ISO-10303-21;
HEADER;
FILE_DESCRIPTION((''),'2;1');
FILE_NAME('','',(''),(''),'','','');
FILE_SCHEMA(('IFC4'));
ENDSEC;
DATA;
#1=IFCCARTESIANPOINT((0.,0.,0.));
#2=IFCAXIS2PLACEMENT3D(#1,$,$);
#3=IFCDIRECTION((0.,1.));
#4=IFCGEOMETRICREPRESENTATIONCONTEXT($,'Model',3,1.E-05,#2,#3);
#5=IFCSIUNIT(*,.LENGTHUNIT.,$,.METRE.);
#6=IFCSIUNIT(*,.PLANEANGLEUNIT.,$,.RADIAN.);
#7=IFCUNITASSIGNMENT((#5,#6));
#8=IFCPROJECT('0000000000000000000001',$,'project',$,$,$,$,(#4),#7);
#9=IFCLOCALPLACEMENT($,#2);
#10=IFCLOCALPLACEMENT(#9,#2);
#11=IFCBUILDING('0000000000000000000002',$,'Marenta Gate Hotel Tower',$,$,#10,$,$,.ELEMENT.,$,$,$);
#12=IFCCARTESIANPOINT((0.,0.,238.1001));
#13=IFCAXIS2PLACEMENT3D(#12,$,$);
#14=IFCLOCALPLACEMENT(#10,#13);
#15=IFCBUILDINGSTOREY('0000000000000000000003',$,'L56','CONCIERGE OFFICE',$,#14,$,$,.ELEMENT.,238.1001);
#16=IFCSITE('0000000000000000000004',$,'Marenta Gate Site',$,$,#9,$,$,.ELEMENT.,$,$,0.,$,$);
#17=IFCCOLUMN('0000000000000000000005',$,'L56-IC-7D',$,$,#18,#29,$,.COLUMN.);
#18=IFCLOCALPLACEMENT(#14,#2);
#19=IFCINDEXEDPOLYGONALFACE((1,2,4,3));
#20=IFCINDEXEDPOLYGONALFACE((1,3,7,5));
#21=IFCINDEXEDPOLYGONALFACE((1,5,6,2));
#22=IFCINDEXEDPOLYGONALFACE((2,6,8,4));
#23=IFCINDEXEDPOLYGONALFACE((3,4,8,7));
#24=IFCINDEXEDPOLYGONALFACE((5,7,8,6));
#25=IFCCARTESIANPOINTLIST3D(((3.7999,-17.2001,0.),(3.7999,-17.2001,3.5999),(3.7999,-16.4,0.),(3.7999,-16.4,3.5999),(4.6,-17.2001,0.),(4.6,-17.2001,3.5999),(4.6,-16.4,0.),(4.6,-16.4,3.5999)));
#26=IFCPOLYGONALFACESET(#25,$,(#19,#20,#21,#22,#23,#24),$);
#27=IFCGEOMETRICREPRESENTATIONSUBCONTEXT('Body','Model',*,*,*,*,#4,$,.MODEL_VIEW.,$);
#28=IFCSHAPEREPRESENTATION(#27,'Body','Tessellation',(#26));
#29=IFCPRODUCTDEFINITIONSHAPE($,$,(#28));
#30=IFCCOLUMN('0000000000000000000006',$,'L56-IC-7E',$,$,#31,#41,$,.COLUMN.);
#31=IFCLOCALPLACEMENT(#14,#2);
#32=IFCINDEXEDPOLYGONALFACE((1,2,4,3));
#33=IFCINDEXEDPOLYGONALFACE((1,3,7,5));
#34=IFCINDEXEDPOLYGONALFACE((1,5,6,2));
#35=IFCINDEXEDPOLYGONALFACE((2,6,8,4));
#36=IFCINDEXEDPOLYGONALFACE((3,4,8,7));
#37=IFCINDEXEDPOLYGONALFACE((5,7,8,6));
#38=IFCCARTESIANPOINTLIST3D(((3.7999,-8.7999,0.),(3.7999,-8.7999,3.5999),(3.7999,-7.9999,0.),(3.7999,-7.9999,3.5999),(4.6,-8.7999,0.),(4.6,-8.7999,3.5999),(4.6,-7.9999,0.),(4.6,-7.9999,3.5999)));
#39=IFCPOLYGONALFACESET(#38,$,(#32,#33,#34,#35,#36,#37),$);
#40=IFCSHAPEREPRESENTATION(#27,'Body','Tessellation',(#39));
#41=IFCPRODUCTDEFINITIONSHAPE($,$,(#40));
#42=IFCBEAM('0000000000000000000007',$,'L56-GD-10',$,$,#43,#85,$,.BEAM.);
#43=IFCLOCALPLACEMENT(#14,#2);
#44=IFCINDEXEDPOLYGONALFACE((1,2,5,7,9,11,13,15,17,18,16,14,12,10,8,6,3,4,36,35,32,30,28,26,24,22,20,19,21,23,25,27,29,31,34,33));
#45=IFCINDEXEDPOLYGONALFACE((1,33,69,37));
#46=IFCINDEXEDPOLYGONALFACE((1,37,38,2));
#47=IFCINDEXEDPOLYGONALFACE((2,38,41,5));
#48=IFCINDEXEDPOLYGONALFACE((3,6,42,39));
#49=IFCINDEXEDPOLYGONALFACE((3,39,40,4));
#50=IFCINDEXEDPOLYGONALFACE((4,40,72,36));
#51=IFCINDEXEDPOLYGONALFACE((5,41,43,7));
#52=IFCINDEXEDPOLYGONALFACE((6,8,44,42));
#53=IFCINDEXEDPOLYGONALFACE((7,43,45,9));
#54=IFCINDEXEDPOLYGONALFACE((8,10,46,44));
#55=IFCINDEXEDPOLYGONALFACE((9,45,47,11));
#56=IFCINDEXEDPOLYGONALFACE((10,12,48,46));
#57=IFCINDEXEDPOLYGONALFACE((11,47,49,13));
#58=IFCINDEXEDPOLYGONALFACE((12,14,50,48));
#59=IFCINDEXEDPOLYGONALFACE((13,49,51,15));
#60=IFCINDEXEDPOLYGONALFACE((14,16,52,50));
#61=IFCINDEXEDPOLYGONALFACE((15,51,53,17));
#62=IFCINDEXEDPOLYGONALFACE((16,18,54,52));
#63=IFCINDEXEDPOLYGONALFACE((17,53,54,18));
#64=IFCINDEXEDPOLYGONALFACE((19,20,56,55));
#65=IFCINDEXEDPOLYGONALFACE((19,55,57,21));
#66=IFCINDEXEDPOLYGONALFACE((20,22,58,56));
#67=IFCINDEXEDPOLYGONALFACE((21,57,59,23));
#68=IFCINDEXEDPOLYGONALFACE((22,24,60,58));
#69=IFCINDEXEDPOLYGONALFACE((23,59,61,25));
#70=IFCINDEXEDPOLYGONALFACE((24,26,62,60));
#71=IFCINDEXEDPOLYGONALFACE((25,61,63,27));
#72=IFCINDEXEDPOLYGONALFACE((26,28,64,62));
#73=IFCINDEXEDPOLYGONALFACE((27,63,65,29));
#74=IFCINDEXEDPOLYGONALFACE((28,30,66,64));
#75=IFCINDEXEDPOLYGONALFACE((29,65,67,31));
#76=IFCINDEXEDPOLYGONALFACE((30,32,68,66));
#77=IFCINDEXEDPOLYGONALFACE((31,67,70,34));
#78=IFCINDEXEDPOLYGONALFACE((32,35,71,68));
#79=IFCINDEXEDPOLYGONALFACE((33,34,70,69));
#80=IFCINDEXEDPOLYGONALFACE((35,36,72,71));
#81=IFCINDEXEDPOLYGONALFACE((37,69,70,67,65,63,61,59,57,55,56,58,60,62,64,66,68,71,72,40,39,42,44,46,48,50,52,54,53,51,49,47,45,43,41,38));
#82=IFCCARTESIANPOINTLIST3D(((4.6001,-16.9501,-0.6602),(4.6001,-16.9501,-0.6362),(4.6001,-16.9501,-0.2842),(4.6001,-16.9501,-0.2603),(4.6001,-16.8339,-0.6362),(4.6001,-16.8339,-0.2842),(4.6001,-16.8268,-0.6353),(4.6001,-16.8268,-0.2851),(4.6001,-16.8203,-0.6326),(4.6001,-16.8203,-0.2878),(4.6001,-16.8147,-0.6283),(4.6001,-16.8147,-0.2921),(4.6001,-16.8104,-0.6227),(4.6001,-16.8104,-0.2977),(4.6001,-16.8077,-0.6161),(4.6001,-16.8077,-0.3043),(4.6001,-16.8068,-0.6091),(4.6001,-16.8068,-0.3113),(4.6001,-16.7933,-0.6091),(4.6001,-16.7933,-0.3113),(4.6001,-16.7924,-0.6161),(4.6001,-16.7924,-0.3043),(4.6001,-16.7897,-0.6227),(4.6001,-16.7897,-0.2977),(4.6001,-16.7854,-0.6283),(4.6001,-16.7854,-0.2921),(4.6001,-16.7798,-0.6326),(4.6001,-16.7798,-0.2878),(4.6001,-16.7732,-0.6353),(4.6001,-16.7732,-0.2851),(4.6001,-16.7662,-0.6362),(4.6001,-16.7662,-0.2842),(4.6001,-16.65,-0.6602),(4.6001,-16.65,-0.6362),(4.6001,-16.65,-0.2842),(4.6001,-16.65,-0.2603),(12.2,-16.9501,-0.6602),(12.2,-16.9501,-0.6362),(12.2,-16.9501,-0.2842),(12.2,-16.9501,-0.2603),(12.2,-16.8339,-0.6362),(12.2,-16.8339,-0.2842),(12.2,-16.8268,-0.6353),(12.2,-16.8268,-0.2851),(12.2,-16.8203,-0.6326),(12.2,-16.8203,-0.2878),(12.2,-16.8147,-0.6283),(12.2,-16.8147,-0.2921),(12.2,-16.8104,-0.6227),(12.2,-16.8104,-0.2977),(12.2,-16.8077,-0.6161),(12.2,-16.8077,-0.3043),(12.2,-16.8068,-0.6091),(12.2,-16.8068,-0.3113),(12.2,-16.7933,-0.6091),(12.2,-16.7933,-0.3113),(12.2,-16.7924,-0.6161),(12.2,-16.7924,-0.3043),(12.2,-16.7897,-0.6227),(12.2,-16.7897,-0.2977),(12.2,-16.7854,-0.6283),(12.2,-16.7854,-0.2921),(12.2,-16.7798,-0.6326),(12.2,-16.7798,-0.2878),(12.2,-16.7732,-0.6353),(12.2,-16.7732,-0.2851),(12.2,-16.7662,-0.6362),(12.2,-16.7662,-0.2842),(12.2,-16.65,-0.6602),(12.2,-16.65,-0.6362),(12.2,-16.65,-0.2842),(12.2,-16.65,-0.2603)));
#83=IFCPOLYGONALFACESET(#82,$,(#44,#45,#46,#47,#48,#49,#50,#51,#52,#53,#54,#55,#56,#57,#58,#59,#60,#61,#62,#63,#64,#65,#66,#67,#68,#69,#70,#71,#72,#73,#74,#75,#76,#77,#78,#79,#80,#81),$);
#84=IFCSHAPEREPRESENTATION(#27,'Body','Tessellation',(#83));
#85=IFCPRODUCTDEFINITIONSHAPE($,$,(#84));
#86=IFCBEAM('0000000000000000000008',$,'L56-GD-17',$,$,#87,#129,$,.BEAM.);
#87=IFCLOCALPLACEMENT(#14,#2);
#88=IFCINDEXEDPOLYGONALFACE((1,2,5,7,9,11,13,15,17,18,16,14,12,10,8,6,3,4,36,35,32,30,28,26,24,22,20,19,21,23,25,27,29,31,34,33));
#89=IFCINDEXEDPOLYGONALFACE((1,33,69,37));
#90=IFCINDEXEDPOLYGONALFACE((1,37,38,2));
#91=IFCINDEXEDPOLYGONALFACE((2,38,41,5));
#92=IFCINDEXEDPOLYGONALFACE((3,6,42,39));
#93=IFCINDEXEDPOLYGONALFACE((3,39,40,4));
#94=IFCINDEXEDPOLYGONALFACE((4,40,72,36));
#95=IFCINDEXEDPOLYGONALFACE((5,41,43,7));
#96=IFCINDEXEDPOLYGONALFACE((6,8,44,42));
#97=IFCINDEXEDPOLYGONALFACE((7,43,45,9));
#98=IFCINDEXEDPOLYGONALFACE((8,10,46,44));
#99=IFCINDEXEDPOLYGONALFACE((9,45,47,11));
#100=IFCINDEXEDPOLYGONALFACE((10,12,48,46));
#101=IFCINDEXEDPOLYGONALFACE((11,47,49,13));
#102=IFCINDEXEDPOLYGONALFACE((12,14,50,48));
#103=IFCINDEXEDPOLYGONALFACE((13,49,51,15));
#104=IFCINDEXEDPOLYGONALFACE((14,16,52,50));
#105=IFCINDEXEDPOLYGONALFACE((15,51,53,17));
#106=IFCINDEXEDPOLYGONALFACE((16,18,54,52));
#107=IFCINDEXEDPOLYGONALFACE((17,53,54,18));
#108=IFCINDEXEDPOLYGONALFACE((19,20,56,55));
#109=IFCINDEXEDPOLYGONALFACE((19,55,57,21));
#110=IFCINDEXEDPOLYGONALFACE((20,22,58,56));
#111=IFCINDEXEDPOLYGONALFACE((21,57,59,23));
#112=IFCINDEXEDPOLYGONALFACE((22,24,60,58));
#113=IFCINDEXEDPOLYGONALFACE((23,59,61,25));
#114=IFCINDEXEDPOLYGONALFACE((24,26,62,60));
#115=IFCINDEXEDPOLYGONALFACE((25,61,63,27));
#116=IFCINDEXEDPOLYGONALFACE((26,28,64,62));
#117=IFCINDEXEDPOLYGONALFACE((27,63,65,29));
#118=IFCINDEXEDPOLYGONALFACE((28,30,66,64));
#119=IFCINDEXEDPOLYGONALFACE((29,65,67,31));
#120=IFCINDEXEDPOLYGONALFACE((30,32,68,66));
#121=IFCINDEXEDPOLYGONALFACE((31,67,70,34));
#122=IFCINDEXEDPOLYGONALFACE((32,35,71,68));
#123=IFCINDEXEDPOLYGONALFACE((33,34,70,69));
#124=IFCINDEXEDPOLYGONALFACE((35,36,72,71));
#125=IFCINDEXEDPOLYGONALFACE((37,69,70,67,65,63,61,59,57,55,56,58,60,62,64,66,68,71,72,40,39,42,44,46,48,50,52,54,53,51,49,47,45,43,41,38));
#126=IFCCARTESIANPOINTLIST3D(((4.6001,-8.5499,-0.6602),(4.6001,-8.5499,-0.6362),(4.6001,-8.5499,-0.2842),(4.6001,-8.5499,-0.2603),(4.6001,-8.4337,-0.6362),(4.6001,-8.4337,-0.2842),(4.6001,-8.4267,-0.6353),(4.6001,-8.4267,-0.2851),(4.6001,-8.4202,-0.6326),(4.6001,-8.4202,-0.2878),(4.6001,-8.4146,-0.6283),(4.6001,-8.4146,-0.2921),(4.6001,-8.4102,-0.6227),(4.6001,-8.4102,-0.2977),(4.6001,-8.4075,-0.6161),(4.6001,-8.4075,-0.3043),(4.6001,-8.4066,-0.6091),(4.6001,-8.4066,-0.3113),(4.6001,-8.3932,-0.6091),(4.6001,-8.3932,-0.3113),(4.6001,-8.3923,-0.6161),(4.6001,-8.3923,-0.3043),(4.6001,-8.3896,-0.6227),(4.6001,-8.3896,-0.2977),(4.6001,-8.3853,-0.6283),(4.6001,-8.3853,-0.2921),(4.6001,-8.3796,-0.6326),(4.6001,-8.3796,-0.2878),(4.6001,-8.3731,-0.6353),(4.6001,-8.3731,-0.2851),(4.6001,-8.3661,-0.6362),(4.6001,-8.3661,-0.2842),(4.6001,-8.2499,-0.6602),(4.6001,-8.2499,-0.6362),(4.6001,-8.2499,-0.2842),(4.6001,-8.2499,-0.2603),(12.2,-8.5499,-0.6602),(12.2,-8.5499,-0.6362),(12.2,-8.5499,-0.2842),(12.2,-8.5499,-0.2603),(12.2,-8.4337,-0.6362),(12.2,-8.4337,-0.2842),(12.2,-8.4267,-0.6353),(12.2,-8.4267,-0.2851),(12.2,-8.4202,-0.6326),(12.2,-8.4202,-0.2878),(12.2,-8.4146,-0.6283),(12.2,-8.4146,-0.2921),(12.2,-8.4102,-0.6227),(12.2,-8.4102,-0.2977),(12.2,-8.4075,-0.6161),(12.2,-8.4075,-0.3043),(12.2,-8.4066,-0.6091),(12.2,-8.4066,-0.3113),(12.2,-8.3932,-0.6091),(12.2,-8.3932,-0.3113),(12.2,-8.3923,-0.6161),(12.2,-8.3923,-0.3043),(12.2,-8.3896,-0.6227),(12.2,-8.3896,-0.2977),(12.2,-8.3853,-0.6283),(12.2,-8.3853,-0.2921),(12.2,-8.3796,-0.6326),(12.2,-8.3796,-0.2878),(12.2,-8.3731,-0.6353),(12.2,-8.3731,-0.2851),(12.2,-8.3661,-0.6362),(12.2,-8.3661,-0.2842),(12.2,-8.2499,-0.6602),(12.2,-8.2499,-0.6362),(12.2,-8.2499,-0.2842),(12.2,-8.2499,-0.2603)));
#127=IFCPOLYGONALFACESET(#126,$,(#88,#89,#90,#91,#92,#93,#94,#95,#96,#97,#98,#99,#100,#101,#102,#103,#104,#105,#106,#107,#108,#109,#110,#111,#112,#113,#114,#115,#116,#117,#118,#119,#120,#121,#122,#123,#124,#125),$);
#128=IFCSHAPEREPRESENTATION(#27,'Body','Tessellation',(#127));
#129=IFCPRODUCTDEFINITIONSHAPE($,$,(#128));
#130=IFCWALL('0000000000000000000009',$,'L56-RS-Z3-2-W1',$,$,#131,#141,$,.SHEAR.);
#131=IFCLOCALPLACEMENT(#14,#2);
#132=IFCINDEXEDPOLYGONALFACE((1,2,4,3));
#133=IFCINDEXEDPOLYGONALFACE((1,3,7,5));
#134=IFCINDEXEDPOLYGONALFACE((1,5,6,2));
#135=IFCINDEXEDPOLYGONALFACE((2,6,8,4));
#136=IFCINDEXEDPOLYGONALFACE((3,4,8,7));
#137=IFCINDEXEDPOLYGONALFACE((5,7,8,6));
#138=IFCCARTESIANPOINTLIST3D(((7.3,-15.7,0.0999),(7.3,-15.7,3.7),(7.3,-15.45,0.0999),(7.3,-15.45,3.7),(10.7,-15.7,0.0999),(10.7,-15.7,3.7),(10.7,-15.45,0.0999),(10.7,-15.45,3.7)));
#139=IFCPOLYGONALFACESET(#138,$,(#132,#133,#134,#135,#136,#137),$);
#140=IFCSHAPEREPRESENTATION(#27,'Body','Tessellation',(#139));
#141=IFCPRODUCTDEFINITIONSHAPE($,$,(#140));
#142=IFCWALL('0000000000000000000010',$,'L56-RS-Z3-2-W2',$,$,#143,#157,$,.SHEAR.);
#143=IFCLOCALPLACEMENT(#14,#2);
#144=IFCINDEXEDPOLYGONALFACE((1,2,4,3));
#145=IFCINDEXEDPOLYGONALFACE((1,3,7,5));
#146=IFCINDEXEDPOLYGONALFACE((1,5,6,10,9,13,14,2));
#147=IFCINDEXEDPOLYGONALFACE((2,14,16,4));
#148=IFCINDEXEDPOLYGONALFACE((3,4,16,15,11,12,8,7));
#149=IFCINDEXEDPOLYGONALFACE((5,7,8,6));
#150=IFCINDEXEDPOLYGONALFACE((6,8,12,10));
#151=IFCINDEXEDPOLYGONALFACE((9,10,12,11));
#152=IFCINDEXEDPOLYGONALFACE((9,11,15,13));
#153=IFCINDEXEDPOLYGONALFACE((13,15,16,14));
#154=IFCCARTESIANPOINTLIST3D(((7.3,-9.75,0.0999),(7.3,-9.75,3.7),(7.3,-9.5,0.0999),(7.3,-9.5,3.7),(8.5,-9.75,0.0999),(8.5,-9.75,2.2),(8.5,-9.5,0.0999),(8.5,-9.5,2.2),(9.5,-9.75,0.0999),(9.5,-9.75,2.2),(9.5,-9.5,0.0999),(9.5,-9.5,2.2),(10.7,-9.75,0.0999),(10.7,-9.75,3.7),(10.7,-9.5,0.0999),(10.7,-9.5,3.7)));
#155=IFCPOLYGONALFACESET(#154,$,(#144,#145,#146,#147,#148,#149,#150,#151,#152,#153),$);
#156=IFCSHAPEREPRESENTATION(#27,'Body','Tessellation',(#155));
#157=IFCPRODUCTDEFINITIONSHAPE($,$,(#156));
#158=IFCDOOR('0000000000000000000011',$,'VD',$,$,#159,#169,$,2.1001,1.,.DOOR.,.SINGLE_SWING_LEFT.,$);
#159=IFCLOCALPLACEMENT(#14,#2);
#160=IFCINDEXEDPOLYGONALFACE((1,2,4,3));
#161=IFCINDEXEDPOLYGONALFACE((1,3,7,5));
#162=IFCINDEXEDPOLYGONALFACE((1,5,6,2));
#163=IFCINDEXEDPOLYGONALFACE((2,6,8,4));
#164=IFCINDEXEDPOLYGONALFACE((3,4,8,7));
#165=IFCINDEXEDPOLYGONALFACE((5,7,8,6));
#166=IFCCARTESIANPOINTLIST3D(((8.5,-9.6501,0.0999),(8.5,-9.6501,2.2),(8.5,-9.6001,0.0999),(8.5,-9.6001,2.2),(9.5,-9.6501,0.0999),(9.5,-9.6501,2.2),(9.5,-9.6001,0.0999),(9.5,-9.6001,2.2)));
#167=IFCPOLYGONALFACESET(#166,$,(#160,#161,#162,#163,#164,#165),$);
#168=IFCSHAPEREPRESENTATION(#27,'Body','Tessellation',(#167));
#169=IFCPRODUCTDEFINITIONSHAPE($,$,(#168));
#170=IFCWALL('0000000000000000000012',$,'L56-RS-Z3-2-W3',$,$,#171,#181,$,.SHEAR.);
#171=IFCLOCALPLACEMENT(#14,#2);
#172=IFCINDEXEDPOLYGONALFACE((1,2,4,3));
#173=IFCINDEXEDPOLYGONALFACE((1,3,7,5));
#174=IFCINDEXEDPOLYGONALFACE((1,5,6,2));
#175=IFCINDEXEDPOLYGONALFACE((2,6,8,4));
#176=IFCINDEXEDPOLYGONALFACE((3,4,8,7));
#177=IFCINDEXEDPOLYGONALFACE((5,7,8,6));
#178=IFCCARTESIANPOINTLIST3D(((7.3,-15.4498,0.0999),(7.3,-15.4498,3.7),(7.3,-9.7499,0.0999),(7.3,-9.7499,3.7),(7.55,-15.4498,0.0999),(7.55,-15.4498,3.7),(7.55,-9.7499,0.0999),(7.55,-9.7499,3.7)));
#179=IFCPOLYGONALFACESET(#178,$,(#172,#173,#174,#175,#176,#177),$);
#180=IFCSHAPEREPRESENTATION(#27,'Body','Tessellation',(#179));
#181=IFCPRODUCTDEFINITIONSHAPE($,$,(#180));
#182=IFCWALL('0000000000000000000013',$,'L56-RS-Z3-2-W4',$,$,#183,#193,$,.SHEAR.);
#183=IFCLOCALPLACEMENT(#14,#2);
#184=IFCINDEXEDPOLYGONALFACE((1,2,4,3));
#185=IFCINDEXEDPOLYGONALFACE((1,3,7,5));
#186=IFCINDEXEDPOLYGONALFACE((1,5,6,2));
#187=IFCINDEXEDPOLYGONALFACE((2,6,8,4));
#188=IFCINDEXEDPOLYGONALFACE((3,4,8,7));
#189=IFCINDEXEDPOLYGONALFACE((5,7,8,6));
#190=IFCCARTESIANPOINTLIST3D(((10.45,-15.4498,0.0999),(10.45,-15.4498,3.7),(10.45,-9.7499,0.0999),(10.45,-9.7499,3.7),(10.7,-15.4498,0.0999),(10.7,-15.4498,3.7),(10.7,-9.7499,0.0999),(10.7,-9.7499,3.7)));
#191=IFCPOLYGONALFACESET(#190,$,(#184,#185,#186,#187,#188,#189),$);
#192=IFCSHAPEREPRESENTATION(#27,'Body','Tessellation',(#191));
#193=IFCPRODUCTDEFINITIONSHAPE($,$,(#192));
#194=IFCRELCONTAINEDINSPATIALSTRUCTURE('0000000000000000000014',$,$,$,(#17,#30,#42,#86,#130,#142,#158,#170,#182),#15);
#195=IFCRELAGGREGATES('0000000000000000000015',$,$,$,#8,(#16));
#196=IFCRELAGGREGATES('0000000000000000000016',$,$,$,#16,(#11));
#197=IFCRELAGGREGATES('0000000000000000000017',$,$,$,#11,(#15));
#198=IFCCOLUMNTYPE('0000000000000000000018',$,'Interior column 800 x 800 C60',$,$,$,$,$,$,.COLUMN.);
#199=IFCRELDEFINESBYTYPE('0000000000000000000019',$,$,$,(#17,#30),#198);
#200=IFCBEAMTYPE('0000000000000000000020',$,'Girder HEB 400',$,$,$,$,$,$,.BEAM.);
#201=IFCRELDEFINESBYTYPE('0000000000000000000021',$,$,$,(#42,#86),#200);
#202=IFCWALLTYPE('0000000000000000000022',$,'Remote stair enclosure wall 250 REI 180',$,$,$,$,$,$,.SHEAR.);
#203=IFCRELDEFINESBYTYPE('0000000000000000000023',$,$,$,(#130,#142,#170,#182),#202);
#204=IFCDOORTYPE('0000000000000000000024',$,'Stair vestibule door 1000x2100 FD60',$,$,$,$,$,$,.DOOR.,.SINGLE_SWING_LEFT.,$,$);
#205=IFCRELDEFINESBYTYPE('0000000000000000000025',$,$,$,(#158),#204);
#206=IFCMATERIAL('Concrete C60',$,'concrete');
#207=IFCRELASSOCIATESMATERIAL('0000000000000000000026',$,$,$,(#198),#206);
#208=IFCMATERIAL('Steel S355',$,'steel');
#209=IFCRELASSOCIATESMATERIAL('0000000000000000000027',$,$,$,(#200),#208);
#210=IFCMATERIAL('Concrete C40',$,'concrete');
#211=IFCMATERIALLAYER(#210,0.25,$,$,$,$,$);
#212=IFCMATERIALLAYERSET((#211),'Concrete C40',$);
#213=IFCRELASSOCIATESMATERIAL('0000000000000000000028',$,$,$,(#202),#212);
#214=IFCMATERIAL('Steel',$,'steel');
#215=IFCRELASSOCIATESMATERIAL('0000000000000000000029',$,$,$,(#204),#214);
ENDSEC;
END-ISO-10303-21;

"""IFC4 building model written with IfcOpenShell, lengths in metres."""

from ifc_helpers import new_model, si_unit, direction, frame, frame_2d, origin, origin_2d, place, context, subcontext, project, spatial, rectangle, i_section, extrude, material, layer, layer_set, material_profile, profile_set, type_object, element, fill, save


model = new_model("IFC4")

# Units and contexts
model_context = context("Model", 3, precision=1e-05, world=origin(), true_north=direction((0.0, 1.0)))
body_context = subcontext(model_context, "Body", "Model", "MODEL_VIEW")
ifc_project = project(units=[si_unit("LENGTHUNIT", "METRE"), si_unit("PLANEANGLEUNIT", "RADIAN")], contexts=[model_context])

# Site, building, storey
site_placement = place(None, origin())
site = spatial("IfcSite", under=ifc_project, at=site_placement, Name="Marenta Gate Site", CompositionType="ELEMENT", RefElevation=0.0)
building_placement = place(site_placement, origin())
building = spatial("IfcBuilding", under=site, at=building_placement, Name="Marenta Gate Hotel Tower", CompositionType="ELEMENT")
storey_placement = place(building_placement, frame((0.0, 0.0, 238.1001)))
storey = spatial("IfcBuildingStorey", under=building, at=storey_placement, Name="L56", Description="CONCIERGE OFFICE", CompositionType="ELEMENT", Elevation=238.1001)

# Columns
ifc_material_1 = material(Name="Concrete C60", Category="concrete")
ifc_material_profile_1 = material_profile(ifc_material_1, rectangle(XDim=0.8, YDim=0.8, at=origin_2d()), Name="800 x 800")
ifc_profile_set_1 = profile_set([ifc_material_profile_1], Name="Concrete C60")
column_type = type_object("IfcColumnType", Name="Interior column 800 x 800 C60", PredefinedType="COLUMN", material=ifc_profile_set_1)
for number, where, z_axis, x_axis, name in (
    (1, (4.2, -16.8, 0.0), (0.0, 0.0, 1.0), (1.0, 0.0, 0.0), "L56-IC-7D"),
    (2, (4.2, -8.3999, 0.0), (0.0, 0.0, 1.0), (1.0, 0.0, 0.0), "L56-IC-7E"),
):
    element("IfcColumn", number, at=place(storey_placement, frame(where, z_axis=z_axis, x_axis=x_axis)), inside=storey, type_object=column_type, Name=name, PredefinedType="COLUMN", context=body_context, shape_type="SweptSolid", body=[
        extrude(rectangle(XDim=0.8, YDim=0.8, at=origin_2d()), origin(), (0.0, 0.0, 1.0), 3.5999),
    ])

# Beams
ifc_material_2 = material(Name="Steel S355", Category="steel")
ifc_material_profile_2 = material_profile(ifc_material_2, i_section(OverallWidth=0.3, OverallDepth=0.3999, WebThickness=0.0134, FlangeThickness=0.0239, FilletRadius=0.0271, at=origin_2d()), Name="HEB 400")
ifc_profile_set_2 = profile_set([ifc_material_profile_2], Name="Steel S355")
beam_type = type_object("IfcBeamType", Name="Girder HEB 400", PredefinedType="BEAM", material=ifc_profile_set_2)
for number, where, z_axis, x_axis, name in (
    (3, (4.6001, -16.8, -0.4602), (1.0, 0.0, 0.0), (0.0, 1.0, 0.0), "L56-GD-10"),
    (4, (4.6001, -8.3999, -0.4602), (1.0, 0.0, 0.0), (0.0, 1.0, 0.0), "L56-GD-17"),
):
    element("IfcBeam", number, at=place(storey_placement, frame(where, z_axis=z_axis, x_axis=x_axis)), inside=storey, type_object=beam_type, Name=name, PredefinedType="BEAM", context=body_context, shape_type="SweptSolid", body=[
        extrude(i_section(OverallWidth=0.3, OverallDepth=0.3999, WebThickness=0.0134, FlangeThickness=0.0239, FilletRadius=0.0271, at=origin_2d()), origin(), (0.0, 0.0, 1.0), 7.5999),
    ])

# Wall
ifc_material_3 = material(Name="Concrete C40", Category="concrete")
ifc_layer_1 = layer(ifc_material_3, 0.25)
ifc_layer_set_1 = layer_set([ifc_layer_1], Name="Concrete C40")
wall_type_1 = type_object("IfcWallType", Name="Remote stair enclosure wall 250 REI 180", PredefinedType="SHEAR", material=ifc_layer_set_1)
wall_1_placement = place(storey_placement, frame((7.3, -15.575, 0.0999), z_axis=(0.0, 0.0, 1.0), x_axis=(1.0, 0.0, 0.0)))
element("IfcWall", 5, at=wall_1_placement, inside=storey, type_object=wall_type_1, Name="L56-RS-Z3-2-W1", PredefinedType="SHEAR", context=body_context, shape_type="SweptSolid", body=[
    extrude(rectangle(XDim=3.3999, YDim=0.25, at=frame_2d((1.7, 0.0))), origin(), (0.0, 0.0, 1.0), 3.6001),
])

# Wall, opening, door
wall_2_placement = place(storey_placement, frame((7.3, -9.625, 0.0999), z_axis=(0.0, 0.0, 1.0), x_axis=(1.0, 0.0, 0.0)))
wall_2 = element("IfcWall", 6, at=wall_2_placement, inside=storey, type_object=wall_type_1, Name="L56-RS-Z3-2-W2", PredefinedType="SHEAR", context=body_context, shape_type="SweptSolid", body=[
    extrude(rectangle(XDim=3.3999, YDim=0.25, at=frame_2d((1.7, 0.0))), origin(), (0.0, 0.0, 1.0), 3.6001),
])
opening_1_placement = place(wall_2_placement, frame((1.2, 0.0, 0.0)))
opening_1 = element("IfcOpeningElement", 7, at=opening_1_placement, cuts=wall_2, PredefinedType="OPENING", context=body_context, shape_type="SweptSolid", body=[
    extrude(rectangle(XDim=1.0, YDim=2.1001, at=frame_2d((0.5, 1.05))), frame((0.0, 0.125, 0.0), z_axis=(0.0, -1.0, 0.0), x_axis=(1.0, 0.0, 0.0)), (0.0, 0.0, 1.0), 0.25),
])
ifc_material_4 = material(Name="Steel", Category="steel")
door_type_1 = type_object("IfcDoorType", Name="Stair vestibule door 1000x2100 FD60", OperationType="SINGLE_SWING_LEFT", PredefinedType="DOOR", material=ifc_material_4)
door_1_placement = place(opening_1_placement, origin())
door_1 = element("IfcDoor", 8, at=door_1_placement, inside=storey, type_object=door_type_1, Name="VD", OperationType="SINGLE_SWING_LEFT", OverallHeight=2.1001, OverallWidth=1.0, PredefinedType="DOOR", context=body_context, shape_type="SweptSolid", body=[
    extrude(rectangle(XDim=1.0, YDim=2.1001, at=frame_2d((0.5, 1.05))), frame((0.0, 0.0249, 0.0), z_axis=(0.0, -1.0, 0.0), x_axis=(1.0, 0.0, 0.0)), (0.0, 0.0, 1.0), 0.05),
])
fill(opening_1, door_1)

# Walls
for number, where, z_axis, x_axis, name in (
    (9, (7.425, -15.45, 0.0999), (0.0, 0.0, 1.0), (0.0, 1.0, 0.0), "L56-RS-Z3-2-W3"),
    (10, (10.575, -15.45, 0.0999), (0.0, 0.0, 1.0), (0.0, 1.0, 0.0), "L56-RS-Z3-2-W4"),
):
    element("IfcWall", number, at=place(storey_placement, frame(where, z_axis=z_axis, x_axis=x_axis)), inside=storey, type_object=wall_type_1, Name=name, PredefinedType="SHEAR", context=body_context, shape_type="SweptSolid", body=[
        extrude(rectangle(XDim=5.7, YDim=0.25, at=frame_2d((2.8501, 0.0))), origin(), (0.0, 0.0, 1.0), 3.6001),
    ])

save(model, "model.ifc")
